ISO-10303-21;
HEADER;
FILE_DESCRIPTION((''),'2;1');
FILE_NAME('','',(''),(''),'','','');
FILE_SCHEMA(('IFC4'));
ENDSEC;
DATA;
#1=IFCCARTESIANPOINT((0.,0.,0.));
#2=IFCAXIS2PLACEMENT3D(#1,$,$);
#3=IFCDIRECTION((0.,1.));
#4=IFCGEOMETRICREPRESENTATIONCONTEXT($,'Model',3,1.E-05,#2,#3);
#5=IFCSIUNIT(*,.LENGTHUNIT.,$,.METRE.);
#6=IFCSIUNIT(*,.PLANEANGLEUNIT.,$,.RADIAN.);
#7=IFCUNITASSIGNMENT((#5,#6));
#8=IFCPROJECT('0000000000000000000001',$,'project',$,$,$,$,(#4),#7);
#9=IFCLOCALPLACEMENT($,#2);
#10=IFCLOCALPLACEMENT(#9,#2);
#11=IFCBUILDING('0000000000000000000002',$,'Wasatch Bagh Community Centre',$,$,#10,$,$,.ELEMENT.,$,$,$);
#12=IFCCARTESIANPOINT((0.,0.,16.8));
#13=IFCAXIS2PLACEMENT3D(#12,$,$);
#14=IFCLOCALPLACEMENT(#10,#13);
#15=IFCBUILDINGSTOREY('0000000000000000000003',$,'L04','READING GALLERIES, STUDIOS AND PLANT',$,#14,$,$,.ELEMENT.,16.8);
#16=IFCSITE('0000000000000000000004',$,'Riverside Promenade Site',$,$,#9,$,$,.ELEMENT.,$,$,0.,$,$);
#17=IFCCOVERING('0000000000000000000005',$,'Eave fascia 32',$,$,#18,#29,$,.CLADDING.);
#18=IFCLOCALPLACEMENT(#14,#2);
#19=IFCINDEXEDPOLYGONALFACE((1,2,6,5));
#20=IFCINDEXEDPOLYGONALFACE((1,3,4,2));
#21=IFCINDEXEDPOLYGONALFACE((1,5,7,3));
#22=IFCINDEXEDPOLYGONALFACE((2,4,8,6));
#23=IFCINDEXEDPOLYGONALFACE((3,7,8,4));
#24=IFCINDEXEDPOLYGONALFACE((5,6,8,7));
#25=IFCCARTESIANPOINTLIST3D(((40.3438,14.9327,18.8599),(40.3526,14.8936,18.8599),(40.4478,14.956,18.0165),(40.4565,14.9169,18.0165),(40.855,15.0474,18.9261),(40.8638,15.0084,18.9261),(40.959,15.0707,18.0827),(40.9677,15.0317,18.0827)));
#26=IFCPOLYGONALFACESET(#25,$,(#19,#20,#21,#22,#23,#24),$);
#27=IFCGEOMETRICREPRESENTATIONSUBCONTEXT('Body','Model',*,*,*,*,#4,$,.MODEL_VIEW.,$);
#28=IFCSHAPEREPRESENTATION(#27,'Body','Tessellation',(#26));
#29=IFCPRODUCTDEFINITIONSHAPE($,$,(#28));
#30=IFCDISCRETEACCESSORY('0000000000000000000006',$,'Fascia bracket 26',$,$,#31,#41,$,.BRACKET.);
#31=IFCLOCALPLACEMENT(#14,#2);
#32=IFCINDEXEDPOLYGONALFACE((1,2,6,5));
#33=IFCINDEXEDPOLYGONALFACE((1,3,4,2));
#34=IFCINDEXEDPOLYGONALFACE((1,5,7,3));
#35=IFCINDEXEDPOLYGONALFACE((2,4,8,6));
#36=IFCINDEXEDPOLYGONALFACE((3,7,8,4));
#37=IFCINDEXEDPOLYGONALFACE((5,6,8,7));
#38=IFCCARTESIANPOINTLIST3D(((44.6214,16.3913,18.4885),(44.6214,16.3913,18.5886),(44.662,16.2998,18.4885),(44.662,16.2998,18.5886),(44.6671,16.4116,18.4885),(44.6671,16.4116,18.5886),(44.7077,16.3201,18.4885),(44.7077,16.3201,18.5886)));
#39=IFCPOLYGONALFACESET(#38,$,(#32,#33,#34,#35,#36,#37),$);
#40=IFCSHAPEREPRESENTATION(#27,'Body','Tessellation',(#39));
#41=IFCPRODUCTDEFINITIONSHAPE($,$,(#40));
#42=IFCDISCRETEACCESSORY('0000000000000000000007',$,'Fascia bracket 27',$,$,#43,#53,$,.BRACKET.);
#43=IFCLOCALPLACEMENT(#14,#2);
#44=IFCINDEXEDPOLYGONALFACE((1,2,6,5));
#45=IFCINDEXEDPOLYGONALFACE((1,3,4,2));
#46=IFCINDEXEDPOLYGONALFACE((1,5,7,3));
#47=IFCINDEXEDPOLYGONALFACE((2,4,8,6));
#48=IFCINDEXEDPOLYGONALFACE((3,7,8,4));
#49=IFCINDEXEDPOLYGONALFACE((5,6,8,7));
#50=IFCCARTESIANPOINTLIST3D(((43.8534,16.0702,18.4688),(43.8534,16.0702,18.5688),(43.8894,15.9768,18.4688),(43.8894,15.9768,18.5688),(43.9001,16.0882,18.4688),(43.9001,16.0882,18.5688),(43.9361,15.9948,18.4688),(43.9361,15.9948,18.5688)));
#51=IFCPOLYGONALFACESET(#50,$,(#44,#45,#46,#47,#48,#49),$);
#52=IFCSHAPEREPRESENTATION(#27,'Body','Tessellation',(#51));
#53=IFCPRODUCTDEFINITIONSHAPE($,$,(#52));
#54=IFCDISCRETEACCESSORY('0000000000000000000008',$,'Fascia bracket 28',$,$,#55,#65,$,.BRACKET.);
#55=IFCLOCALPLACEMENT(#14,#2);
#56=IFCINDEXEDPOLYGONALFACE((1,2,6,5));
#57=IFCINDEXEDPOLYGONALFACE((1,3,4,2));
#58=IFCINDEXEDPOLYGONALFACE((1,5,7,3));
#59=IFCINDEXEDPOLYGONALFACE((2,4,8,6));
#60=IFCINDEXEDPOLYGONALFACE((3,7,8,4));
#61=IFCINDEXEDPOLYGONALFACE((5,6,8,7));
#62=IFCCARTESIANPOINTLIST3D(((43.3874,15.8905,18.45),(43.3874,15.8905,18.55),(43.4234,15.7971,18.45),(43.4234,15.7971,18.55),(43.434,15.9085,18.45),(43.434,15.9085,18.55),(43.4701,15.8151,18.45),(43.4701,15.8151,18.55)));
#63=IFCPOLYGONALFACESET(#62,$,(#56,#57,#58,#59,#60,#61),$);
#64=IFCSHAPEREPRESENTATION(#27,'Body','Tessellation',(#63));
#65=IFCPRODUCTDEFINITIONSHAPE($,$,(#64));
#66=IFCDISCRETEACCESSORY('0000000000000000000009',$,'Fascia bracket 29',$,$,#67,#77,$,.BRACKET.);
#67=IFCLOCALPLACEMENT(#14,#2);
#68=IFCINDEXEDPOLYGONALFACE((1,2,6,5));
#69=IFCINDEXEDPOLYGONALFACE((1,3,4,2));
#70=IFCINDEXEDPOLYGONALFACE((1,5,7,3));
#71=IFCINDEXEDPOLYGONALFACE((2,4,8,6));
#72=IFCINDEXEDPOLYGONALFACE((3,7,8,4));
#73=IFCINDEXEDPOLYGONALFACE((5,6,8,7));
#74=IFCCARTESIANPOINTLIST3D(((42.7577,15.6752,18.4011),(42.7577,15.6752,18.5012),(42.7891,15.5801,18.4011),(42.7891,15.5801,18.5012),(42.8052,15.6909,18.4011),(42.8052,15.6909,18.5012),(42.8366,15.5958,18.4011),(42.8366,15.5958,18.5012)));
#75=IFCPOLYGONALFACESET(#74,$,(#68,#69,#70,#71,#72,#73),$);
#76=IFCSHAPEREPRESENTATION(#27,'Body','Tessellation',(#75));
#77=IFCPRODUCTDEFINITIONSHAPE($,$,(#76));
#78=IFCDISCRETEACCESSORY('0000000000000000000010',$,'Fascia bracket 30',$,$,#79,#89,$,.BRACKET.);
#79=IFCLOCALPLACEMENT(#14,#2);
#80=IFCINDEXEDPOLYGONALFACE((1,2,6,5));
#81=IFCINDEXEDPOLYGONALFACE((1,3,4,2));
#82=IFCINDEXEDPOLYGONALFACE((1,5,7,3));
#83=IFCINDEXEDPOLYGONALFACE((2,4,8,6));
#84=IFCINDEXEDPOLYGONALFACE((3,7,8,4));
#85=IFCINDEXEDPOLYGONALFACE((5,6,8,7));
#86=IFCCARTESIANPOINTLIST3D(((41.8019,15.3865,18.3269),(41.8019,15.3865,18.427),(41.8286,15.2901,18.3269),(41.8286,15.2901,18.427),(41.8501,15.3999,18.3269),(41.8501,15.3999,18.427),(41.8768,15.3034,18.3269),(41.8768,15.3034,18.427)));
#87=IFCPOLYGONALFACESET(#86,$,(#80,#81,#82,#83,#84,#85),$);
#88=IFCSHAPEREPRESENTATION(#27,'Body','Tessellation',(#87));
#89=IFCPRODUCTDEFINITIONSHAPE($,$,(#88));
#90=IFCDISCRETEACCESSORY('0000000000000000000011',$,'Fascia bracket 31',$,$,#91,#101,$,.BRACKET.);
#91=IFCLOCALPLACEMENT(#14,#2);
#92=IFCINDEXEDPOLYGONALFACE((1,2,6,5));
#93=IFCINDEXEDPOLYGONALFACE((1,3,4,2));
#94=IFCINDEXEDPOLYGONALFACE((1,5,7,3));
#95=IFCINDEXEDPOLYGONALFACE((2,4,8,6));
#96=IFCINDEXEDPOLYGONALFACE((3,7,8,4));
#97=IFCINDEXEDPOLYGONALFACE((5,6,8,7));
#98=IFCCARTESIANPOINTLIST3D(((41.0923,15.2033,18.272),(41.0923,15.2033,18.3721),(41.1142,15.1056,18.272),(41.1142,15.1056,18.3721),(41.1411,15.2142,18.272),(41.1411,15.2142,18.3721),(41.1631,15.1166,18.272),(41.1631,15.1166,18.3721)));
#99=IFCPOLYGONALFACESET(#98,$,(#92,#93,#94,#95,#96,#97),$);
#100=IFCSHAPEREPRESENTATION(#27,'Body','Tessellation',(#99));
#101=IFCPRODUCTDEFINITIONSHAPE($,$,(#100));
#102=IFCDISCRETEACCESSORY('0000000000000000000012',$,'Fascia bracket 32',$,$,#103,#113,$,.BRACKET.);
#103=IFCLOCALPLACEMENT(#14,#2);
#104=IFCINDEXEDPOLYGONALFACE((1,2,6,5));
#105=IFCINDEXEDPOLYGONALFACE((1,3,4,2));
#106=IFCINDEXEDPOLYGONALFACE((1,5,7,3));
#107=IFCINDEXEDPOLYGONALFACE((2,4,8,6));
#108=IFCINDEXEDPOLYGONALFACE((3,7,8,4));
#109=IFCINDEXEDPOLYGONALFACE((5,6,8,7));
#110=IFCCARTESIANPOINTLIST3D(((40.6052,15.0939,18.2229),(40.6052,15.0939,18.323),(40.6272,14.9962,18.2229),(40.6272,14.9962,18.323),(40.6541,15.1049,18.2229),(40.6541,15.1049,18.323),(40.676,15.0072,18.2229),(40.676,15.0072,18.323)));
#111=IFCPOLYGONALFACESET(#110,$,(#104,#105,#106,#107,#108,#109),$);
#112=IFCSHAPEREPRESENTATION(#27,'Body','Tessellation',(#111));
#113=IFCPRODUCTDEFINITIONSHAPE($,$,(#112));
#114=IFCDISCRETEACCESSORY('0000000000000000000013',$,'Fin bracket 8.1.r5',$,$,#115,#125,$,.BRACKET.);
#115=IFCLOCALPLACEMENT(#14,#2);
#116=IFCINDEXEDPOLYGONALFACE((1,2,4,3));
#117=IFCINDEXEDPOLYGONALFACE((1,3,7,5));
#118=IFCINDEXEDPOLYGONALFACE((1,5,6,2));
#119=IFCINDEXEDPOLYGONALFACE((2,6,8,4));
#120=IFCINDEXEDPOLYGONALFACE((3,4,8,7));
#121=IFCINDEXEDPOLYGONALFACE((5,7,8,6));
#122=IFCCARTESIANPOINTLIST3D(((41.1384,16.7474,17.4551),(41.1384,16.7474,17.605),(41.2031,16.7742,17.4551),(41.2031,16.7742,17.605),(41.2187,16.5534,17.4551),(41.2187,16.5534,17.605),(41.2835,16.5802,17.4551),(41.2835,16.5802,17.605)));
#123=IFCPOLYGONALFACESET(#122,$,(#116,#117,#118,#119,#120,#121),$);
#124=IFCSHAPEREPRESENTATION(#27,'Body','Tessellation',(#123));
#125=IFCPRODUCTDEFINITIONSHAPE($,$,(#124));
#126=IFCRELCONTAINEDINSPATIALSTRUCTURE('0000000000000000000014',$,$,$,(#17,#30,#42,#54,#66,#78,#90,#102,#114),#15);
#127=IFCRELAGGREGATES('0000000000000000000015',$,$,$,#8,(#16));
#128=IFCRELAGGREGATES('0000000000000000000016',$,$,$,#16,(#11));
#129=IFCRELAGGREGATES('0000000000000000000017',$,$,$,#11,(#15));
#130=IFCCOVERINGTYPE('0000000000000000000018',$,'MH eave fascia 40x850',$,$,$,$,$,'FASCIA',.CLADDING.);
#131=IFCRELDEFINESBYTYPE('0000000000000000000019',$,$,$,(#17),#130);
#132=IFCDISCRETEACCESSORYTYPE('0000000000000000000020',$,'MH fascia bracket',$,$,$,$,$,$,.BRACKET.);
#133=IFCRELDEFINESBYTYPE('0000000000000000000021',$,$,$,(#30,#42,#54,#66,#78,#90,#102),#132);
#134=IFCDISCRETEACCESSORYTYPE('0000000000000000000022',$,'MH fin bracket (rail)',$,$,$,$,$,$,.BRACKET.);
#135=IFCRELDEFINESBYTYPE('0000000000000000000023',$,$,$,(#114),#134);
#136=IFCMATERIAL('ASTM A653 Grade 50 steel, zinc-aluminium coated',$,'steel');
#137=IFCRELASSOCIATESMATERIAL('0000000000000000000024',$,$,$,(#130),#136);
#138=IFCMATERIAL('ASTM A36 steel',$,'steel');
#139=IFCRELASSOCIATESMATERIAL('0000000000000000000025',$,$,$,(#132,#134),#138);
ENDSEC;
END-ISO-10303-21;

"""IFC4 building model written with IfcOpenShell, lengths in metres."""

from ifc_helpers import new_model, si_unit, direction, frame, origin, origin_2d, place, context, subcontext, project, spatial, rectangle, extrude, material, material_profile, profile_set, type_object, element, save


model = new_model("IFC4")

# Units and contexts
model_context = context("Model", 3, precision=1e-05, world=origin(), true_north=direction((0.0, 1.0)))
body_context = subcontext(model_context, "Body", "Model", "MODEL_VIEW")
ifc_project = project(units=[si_unit("LENGTHUNIT", "METRE"), si_unit("PLANEANGLEUNIT", "RADIAN")], contexts=[model_context])

# Site, building, storey
site_placement = place(None, origin())
site = spatial("IfcSite", under=ifc_project, at=site_placement, Name="Riverside Promenade Site", CompositionType="ELEMENT", RefElevation=0.0)
building_placement = place(site_placement, origin())
building = spatial("IfcBuilding", under=site, at=building_placement, Name="Wasatch Bagh Community Centre", CompositionType="ELEMENT")
storey_placement = place(building_placement, frame((0.0, 0.0, 16.8)))
storey = spatial("IfcBuildingStorey", under=building, at=storey_placement, Name="L04", Description="READING GALLERIES, STUDIOS AND PLANT", CompositionType="ELEMENT", Elevation=16.8)

# Covering
ifc_material_1 = material(Name="ASTM A653 Grade 50 steel, zinc-aluminium coated", Category="steel")
ifc_material_profile_1 = material_profile(ifc_material_1, rectangle(XDim=0.04, YDim=0.8501, at=origin_2d()), Name="FASCIA 40x850")
ifc_profile_set_1 = profile_set([ifc_material_profile_1], Name="ASTM A653 Grade 50 steel, zinc-aluminium coated")
covering_type_1 = type_object("IfcCoveringType", Name="MH eave fascia 40x850", ElementType="FASCIA", PredefinedType="CLADDING", material=ifc_profile_set_1)
covering_1_placement = place(storey_placement, frame((40.9114, 15.0396, 18.5044), z_axis=(-0.968037, -0.217277, -0.125281), x_axis=(0.219002, -0.975724, 0.0)))
element("IfcCovering", 1, at=covering_1_placement, inside=storey, type_object=covering_type_1, Name="Eave fascia 32", PredefinedType="CLADDING", context=body_context, shape_type="SweptSolid", body=[
    extrude(rectangle(XDim=0.04, YDim=0.8501, at=origin_2d()), origin(), (0.0, 0.0, 1.0), 0.5281),
])

# Discrete accessories
ifc_material_2 = material(Name="ASTM A36 steel", Category="steel")
discrete_accessory_type_1 = type_object("IfcDiscreteAccessoryType", Name="MH fascia bracket", PredefinedType="BRACKET", material=ifc_material_2)
for number, where, z_axis, x_axis, name in (
    (2, (44.6646, 16.3557, 18.4885), (0.0, 0.0, 1.0), (0.405241, -0.91421, 0.0), "Fascia bracket 26"),
    (3, (43.8948, 16.0325, 18.4688), (0.0, 0.0, 1.0), (0.359895, -0.932993, 0.0), "Fascia bracket 27"),
    (4, (43.4287, 15.8528, 18.45), (0.0, 0.0, 1.0), (0.359895, -0.932993, 0.0), "Fascia bracket 28"),
    (5, (42.7971, 15.6355, 18.4011), (0.0, 0.0, 1.0), (0.313682, -0.949528, 0.0), "Fascia bracket 29"),
    (6, (41.8394, 15.345, 18.3269), (0.0, 0.0, 1.0), (0.266713, -0.963776, 0.0), "Fascia bracket 30"),
    (7, (41.1277, 15.1599, 18.272), (0.0, 0.0, 1.0), (0.219101, -0.975702, 0.0), "Fascia bracket 31"),
    (8, (40.6406, 15.0505, 18.2229), (0.0, 0.0, 1.0), (0.219101, -0.975702, 0.0), "Fascia bracket 32"),
):
    element("IfcDiscreteAccessory", number, at=place(storey_placement, frame(where, z_axis=z_axis, x_axis=x_axis)), inside=storey, type_object=discrete_accessory_type_1, Name=name, PredefinedType="BRACKET", context=body_context, shape_type="SweptSolid", body=[
        extrude(rectangle(XDim=0.1001, YDim=0.05, at=origin_2d()), origin(), (0.0, 0.0, 1.0), 0.1001),
    ])
discrete_accessory_type_2 = type_object("IfcDiscreteAccessoryType", Name="MH fin bracket (rail)", PredefinedType="BRACKET", material=ifc_material_2)
discrete_accessory_placement = place(storey_placement, frame((41.2109, 16.6638, 17.4551), z_axis=(0.0, 0.0, 1.0), x_axis=(0.92388, 0.382683, 0.0)))
element("IfcDiscreteAccessory", 9, at=discrete_accessory_placement, inside=storey, type_object=discrete_accessory_type_2, Name="Fin bracket 8.1.r5", PredefinedType="BRACKET", context=body_context, shape_type="SweptSolid", body=[
    extrude(rectangle(XDim=0.0701, YDim=0.21, at=origin_2d()), origin(), (0.0, 0.0, 1.0), 0.1499),
])

save(model, "model.ifc")
